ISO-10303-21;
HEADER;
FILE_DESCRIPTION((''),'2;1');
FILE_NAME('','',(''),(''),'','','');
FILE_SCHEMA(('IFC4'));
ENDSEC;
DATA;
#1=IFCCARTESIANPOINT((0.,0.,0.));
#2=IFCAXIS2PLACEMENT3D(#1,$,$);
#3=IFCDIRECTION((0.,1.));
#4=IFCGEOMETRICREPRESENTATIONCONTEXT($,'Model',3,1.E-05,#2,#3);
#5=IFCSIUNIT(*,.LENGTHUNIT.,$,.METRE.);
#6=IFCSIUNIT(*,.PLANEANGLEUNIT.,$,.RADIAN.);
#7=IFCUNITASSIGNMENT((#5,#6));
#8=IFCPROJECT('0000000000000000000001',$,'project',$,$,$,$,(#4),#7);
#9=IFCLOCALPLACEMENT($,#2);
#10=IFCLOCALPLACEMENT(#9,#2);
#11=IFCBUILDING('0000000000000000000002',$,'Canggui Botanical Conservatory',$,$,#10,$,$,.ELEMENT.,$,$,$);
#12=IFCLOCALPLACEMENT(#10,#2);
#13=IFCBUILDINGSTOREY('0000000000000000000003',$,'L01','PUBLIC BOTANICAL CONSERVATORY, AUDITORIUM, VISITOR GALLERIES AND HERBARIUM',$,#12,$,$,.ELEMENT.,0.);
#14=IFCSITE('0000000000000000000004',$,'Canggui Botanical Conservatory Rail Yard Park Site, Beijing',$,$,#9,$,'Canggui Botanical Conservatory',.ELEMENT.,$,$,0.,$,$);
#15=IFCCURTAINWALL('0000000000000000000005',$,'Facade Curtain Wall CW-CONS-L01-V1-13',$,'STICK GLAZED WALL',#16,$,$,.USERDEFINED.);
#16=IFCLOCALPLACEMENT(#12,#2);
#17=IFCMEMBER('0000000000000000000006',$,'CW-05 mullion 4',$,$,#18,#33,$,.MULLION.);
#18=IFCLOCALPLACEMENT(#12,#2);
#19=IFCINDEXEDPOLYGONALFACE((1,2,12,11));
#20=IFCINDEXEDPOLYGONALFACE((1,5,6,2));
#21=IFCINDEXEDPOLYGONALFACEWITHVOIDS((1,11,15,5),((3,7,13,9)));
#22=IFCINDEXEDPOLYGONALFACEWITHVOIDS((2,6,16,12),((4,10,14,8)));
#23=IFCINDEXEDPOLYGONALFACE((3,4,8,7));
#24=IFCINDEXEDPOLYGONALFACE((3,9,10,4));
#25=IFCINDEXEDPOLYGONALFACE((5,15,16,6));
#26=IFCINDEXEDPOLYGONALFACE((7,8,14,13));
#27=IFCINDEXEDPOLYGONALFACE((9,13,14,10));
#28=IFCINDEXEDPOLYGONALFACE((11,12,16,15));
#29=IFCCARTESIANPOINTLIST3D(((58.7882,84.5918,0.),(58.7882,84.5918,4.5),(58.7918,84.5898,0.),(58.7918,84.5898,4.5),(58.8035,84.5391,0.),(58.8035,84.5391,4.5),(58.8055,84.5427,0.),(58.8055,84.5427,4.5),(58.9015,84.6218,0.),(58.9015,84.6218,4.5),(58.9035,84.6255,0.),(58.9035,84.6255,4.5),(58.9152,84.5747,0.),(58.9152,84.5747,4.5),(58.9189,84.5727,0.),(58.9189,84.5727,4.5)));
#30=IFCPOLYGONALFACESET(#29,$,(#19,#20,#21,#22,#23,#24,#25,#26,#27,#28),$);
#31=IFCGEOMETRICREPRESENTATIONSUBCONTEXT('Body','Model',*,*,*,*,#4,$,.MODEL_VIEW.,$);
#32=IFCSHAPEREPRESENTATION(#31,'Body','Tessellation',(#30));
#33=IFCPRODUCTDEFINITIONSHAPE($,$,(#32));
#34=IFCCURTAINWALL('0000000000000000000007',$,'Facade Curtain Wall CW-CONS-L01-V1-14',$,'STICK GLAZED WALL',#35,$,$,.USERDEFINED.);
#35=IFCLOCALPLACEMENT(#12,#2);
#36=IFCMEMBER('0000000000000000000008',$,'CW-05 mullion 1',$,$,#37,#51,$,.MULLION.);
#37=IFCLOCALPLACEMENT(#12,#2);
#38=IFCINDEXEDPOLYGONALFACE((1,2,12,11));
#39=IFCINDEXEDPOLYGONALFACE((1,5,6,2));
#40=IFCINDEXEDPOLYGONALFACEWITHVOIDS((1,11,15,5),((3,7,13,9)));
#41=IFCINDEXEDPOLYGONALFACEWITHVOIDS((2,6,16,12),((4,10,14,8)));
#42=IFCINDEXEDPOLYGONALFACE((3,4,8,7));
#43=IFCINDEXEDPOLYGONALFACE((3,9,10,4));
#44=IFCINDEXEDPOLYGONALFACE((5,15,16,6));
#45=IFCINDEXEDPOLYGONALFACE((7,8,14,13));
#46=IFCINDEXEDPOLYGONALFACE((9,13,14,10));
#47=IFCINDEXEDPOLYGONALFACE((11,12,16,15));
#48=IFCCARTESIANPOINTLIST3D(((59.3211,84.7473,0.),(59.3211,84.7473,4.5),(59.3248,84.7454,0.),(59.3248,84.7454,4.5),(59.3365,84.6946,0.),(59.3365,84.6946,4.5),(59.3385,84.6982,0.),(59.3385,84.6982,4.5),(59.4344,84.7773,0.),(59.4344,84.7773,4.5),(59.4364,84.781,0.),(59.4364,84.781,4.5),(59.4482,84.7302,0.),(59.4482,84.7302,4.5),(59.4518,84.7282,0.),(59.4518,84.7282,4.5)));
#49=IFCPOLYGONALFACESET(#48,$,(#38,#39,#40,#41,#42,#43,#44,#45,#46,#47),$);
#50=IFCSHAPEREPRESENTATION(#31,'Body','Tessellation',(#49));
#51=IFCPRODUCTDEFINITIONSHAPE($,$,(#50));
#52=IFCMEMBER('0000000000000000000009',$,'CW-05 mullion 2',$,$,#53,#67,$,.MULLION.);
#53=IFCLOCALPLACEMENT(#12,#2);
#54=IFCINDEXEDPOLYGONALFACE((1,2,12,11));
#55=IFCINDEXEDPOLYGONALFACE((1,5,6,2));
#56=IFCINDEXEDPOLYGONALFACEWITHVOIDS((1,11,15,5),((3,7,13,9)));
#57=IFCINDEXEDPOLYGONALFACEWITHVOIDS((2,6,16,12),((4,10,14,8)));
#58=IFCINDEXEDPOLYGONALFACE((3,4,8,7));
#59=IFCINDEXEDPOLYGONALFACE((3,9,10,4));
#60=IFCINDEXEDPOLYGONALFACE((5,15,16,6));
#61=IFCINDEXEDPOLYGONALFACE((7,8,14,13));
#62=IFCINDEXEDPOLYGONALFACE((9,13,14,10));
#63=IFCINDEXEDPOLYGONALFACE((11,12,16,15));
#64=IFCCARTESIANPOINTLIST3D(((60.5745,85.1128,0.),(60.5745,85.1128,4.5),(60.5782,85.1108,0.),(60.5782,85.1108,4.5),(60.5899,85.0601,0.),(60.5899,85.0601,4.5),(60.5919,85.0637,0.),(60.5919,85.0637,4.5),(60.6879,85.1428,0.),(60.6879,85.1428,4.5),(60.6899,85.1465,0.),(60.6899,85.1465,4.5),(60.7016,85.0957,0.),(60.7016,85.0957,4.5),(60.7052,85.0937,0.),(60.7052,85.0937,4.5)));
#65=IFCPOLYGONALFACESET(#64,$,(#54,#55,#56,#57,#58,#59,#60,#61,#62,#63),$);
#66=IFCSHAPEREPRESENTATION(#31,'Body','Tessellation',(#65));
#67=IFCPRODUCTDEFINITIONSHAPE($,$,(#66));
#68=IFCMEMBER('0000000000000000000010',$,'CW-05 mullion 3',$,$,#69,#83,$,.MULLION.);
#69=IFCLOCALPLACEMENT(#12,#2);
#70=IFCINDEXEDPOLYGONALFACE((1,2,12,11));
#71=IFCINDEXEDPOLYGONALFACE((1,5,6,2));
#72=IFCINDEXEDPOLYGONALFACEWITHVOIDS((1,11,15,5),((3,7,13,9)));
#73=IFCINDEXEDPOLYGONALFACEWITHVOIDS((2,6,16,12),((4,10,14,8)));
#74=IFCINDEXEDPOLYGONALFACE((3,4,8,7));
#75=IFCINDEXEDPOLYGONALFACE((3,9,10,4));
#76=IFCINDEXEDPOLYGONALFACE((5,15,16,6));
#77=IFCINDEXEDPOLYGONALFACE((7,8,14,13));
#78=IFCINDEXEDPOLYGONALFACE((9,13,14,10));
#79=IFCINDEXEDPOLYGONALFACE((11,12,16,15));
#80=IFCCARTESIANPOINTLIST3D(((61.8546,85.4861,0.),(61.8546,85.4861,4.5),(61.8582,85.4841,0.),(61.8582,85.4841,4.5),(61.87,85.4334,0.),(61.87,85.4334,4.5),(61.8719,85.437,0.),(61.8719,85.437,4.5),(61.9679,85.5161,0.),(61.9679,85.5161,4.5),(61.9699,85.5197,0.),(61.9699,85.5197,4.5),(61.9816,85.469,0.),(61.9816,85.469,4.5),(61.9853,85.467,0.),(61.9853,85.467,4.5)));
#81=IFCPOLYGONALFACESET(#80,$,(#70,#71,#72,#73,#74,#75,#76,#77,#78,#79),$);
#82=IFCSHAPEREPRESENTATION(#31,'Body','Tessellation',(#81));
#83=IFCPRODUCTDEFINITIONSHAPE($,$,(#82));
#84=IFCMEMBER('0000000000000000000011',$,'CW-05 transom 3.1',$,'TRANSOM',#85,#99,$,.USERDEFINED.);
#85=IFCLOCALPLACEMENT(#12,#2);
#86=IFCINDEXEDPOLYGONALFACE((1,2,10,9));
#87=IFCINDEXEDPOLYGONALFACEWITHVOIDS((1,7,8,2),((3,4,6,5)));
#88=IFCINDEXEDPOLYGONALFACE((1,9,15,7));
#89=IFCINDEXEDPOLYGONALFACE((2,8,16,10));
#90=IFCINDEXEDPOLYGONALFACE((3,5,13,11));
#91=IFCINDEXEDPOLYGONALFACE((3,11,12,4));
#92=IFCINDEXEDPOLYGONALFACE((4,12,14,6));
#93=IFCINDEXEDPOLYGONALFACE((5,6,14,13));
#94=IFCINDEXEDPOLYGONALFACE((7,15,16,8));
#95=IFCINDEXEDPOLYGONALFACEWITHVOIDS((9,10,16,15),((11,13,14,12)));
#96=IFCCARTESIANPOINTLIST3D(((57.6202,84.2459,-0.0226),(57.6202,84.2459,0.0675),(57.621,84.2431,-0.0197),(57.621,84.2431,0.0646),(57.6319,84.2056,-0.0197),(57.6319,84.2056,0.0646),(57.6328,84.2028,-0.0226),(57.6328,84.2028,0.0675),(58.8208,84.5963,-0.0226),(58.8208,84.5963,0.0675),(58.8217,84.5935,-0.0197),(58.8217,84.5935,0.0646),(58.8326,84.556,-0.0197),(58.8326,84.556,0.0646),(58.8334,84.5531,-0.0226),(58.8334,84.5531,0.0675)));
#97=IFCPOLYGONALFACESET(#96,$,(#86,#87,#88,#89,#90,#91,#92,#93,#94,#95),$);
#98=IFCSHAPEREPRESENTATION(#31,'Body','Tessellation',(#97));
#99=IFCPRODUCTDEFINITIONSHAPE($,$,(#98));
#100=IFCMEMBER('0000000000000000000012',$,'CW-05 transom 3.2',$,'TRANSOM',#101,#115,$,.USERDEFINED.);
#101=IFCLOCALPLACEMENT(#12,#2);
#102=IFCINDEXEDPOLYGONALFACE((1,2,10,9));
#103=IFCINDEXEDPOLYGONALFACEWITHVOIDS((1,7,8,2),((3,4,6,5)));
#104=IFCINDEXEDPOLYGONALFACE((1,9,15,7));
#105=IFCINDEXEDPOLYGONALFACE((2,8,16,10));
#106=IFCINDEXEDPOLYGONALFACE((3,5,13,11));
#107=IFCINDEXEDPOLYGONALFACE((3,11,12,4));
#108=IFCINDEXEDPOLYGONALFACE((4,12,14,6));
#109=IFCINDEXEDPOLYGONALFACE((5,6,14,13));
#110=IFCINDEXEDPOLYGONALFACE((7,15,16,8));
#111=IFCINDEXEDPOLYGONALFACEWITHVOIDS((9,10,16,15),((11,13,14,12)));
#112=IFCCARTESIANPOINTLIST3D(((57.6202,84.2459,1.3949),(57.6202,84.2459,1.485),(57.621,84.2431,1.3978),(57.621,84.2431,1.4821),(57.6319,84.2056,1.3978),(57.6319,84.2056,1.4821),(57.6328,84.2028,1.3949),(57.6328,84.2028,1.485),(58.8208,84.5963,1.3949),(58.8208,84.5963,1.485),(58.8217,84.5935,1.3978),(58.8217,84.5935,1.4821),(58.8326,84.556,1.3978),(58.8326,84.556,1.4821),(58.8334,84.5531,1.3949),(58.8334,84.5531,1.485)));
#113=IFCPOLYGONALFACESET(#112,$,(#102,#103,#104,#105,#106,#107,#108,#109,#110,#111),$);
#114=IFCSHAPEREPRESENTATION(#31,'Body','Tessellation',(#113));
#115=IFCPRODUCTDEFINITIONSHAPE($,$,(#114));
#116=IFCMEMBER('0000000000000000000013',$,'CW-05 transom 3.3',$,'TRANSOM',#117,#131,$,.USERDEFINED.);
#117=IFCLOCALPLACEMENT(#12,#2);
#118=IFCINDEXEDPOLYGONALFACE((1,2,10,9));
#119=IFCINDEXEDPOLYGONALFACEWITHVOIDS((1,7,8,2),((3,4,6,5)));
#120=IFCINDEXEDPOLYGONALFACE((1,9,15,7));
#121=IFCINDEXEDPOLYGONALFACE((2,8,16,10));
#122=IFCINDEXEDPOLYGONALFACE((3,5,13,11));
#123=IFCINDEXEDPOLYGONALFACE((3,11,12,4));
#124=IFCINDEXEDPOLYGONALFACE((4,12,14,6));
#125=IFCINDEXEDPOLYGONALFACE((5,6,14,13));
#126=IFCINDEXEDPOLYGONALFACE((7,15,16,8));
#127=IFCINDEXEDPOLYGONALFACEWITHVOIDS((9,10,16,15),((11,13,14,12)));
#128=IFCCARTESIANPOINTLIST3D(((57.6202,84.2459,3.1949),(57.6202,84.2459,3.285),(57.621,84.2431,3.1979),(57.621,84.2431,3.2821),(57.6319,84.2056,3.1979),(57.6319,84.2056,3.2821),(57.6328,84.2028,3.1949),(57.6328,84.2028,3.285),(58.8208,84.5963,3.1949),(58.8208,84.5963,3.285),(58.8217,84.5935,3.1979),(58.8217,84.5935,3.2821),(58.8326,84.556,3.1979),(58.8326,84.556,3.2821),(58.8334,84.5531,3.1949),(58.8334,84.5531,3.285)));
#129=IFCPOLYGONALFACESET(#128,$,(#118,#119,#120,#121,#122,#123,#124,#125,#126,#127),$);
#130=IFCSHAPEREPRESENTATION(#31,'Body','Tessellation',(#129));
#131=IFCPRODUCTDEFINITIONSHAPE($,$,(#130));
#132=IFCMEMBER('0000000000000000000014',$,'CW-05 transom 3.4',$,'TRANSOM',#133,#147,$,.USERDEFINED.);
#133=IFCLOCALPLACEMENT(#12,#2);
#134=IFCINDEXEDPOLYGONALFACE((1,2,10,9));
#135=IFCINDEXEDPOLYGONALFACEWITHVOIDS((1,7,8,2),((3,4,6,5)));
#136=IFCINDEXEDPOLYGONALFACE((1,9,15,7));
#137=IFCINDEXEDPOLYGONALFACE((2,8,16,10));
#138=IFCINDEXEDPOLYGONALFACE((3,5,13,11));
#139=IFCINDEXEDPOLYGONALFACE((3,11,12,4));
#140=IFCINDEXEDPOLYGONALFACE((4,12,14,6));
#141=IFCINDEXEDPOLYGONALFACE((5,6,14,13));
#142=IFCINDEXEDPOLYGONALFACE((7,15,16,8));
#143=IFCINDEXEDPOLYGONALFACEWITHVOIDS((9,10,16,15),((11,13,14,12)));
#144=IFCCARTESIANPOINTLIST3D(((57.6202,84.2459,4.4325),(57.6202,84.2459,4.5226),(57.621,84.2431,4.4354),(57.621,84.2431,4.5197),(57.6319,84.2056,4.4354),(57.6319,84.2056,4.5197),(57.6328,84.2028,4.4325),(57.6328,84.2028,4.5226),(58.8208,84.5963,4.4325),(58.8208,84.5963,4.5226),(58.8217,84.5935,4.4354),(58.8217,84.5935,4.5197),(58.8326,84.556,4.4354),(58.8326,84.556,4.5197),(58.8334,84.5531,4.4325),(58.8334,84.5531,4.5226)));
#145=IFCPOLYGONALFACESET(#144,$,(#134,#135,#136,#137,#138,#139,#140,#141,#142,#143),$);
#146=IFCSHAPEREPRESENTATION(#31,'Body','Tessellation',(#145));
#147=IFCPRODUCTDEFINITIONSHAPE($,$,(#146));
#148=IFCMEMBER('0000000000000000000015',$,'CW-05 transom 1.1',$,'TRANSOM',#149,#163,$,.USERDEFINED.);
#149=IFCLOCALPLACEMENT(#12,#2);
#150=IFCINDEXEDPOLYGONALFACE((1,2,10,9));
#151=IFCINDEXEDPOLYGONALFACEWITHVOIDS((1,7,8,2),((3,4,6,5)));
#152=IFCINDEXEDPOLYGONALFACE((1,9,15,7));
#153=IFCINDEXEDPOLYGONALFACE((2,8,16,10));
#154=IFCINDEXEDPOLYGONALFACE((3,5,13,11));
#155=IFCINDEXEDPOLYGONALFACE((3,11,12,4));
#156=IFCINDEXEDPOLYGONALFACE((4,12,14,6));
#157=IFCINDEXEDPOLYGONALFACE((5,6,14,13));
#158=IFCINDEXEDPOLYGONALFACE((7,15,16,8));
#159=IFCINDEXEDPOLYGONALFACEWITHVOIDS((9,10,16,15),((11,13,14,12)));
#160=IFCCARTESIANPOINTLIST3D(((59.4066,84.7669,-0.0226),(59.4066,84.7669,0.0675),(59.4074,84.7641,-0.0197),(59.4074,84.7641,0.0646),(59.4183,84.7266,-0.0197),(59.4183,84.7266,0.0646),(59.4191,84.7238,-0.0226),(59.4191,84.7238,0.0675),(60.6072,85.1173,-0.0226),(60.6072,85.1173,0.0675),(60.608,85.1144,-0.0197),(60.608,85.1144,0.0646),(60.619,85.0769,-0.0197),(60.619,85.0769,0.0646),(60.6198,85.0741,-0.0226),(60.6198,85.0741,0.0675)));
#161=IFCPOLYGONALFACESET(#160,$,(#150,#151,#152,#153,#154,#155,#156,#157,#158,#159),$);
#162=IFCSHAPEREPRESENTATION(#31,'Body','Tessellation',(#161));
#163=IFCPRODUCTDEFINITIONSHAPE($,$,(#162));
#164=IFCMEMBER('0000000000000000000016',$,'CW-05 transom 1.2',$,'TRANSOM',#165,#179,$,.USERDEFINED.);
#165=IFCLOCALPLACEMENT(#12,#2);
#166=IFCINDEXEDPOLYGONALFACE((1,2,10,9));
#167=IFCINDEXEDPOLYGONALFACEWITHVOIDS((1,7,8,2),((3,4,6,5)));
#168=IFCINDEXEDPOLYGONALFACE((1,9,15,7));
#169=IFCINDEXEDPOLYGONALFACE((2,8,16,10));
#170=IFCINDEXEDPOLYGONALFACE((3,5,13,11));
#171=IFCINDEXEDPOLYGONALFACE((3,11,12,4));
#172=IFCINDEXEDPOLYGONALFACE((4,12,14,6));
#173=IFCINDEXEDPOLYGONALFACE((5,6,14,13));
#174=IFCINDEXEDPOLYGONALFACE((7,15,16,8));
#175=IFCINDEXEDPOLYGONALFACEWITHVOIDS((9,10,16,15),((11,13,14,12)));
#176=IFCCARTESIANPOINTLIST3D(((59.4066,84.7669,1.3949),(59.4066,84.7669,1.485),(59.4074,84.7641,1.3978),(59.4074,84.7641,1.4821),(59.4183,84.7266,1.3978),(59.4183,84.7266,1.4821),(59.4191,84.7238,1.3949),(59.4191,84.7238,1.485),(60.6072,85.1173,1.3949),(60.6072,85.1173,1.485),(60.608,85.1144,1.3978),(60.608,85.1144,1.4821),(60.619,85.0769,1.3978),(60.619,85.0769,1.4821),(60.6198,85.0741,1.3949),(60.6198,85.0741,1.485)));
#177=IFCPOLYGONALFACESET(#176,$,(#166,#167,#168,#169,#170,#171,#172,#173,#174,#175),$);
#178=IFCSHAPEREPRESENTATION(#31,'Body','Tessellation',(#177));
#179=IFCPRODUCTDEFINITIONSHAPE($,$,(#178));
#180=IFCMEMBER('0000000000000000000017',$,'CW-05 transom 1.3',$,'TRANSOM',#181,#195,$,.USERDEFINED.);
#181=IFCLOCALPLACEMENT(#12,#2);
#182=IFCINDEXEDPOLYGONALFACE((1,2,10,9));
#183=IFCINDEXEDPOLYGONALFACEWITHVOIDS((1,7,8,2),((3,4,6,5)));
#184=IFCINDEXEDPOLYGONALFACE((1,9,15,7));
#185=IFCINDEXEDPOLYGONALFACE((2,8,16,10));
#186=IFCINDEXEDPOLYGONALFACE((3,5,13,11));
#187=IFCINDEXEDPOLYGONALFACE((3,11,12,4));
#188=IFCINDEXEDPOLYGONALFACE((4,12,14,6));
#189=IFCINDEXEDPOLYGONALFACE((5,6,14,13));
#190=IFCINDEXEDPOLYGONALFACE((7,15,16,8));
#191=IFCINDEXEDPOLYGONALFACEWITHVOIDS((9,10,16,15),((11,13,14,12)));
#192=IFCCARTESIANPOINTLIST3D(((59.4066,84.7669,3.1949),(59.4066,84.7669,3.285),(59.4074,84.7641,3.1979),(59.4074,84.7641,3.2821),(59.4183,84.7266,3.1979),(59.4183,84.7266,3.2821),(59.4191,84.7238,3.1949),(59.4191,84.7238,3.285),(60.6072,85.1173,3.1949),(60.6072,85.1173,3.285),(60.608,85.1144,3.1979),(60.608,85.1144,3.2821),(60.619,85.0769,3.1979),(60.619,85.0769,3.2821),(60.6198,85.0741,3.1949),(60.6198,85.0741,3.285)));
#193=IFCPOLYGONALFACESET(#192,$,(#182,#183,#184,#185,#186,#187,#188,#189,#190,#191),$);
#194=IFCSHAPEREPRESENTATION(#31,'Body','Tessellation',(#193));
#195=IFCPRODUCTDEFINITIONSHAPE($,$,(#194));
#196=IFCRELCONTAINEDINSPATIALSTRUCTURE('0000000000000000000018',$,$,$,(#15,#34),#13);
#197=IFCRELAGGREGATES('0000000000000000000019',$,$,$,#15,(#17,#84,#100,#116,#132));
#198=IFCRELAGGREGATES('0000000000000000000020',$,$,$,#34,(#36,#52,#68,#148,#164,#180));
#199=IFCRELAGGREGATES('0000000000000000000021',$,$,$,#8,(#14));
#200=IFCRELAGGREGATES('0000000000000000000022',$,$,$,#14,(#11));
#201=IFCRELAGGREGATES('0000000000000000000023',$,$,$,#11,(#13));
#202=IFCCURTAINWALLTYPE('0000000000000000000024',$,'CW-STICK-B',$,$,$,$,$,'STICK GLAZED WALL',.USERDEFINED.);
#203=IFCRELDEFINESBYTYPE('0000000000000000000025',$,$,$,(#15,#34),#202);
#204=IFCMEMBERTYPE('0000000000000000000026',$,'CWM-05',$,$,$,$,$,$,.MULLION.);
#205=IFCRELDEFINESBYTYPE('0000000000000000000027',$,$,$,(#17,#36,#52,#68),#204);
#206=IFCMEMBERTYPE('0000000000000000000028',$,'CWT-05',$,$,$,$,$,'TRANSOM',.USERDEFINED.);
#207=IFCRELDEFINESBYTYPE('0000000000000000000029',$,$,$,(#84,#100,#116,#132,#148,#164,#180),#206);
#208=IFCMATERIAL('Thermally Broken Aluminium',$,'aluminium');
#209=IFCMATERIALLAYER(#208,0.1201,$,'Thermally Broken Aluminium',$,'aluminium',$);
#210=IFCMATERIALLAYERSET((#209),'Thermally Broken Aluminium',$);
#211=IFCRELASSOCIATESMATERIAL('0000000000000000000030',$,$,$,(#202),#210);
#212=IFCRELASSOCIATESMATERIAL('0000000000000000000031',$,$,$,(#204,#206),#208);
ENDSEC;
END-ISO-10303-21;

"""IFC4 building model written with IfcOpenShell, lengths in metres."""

from ifc_helpers import new_model, si_unit, direction, frame, origin, origin_2d, place, context, subcontext, project, spatial, hollow_rectangle, extrude, material, layer, layer_set, material_profile, profile_set, type_object, element, aggregate, save


model = new_model("IFC4")

# Units and contexts
model_context = context("Model", 3, precision=1e-05, world=origin(), true_north=direction((0.0, 1.0)))
body_context = subcontext(model_context, "Body", "Model", "MODEL_VIEW")
ifc_project = project(units=[si_unit("LENGTHUNIT", "METRE"), si_unit("PLANEANGLEUNIT", "RADIAN")], contexts=[model_context])

# Site, building, storey
site_placement = place(None, origin())
site = spatial("IfcSite", under=ifc_project, at=site_placement, Name="Canggui Botanical Conservatory Rail Yard Park Site, Beijing", LongName="Canggui Botanical Conservatory", CompositionType="ELEMENT", RefElevation=0.0)
building_placement = place(site_placement, origin())
building = spatial("IfcBuilding", under=site, at=building_placement, Name="Canggui Botanical Conservatory", CompositionType="ELEMENT")
storey_placement = place(building_placement, origin())
storey = spatial("IfcBuildingStorey", under=building, at=storey_placement, Name="L01", Description="PUBLIC BOTANICAL CONSERVATORY, AUDITORIUM, VISITOR GALLERIES AND HERBARIUM", CompositionType="ELEMENT", Elevation=0.0)

# Curtain wall, member
ifc_material_1 = material(Name="Thermally Broken Aluminium", Category="aluminium")
ifc_layer_1 = layer(ifc_material_1, 0.1201, Name="Thermally Broken Aluminium", Category="aluminium")
ifc_layer_set_1 = layer_set([ifc_layer_1], Name="Thermally Broken Aluminium")
curtain_wall_type = type_object("IfcCurtainWallType", Name="CW-STICK-B", ElementType="STICK GLAZED WALL", PredefinedType="USERDEFINED", material=ifc_layer_set_1)
curtain_wall_1_placement = place(storey_placement, origin())
curtain_wall_1 = element("IfcCurtainWall", 1, at=curtain_wall_1_placement, inside=storey, type_object=curtain_wall_type, Name="Facade Curtain Wall CW-CONS-L01-V1-13", ObjectType="STICK GLAZED WALL", PredefinedType="USERDEFINED")
ifc_material_profile_1 = material_profile(ifc_material_1, hollow_rectangle(XDim=0.0549, YDim=0.1201, WallThickness=0.0029, at=origin_2d()), Name="CWM 55x120x3")
ifc_profile_set_1 = profile_set([ifc_material_profile_1], Name="Thermally Broken Aluminium")
member_type_1 = type_object("IfcMemberType", Name="CWM-05", PredefinedType="MULLION", material=ifc_profile_set_1)
member_1_placement = place(storey_placement, frame((58.8535, 84.5823, 0.0), z_axis=(0.0, 0.0, 1.0), x_axis=(-0.28, 0.96, 0.0)))
member_1 = element("IfcMember", 2, at=member_1_placement, type_object=member_type_1, Name="CW-05 mullion 4", PredefinedType="MULLION", context=body_context, shape_type="SweptSolid", body=[
    extrude(hollow_rectangle(XDim=0.0549, YDim=0.1201, WallThickness=0.0029, at=origin_2d()), origin(), (0.0, 0.0, 1.0), 4.5),
])

# Curtain wall, members
curtain_wall_2_placement = place(storey_placement, origin())
curtain_wall_2 = element("IfcCurtainWall", 3, at=curtain_wall_2_placement, inside=storey, type_object=curtain_wall_type, Name="Facade Curtain Wall CW-CONS-L01-V1-14", ObjectType="STICK GLAZED WALL", PredefinedType="USERDEFINED")
member_2_placement = place(storey_placement, frame((59.3865, 84.7378, 0.0), z_axis=(0.0, 0.0, 1.0), x_axis=(-0.28, 0.96, 0.0)))
member_2 = element("IfcMember", 4, at=member_2_placement, type_object=member_type_1, Name="CW-05 mullion 1", PredefinedType="MULLION", context=body_context, shape_type="SweptSolid", body=[
    extrude(hollow_rectangle(XDim=0.0549, YDim=0.1201, WallThickness=0.0029, at=origin_2d()), origin(), (0.0, 0.0, 1.0), 4.5),
])
member_3_placement = place(storey_placement, frame((60.6399, 85.1033, 0.0), z_axis=(0.0, 0.0, 1.0), x_axis=(-0.28, 0.96, 0.0)))
member_3 = element("IfcMember", 5, at=member_3_placement, type_object=member_type_1, Name="CW-05 mullion 2", PredefinedType="MULLION", context=body_context, shape_type="SweptSolid", body=[
    extrude(hollow_rectangle(XDim=0.0549, YDim=0.1201, WallThickness=0.0029, at=origin_2d()), origin(), (0.0, 0.0, 1.0), 4.5),
])
member_4_placement = place(storey_placement, frame((61.9199, 85.4766, 0.0), z_axis=(0.0, 0.0, 1.0), x_axis=(-0.28, 0.96, 0.0)))
member_4 = element("IfcMember", 6, at=member_4_placement, type_object=member_type_1, Name="CW-05 mullion 3", PredefinedType="MULLION", context=body_context, shape_type="SweptSolid", body=[
    extrude(hollow_rectangle(XDim=0.0549, YDim=0.1201, WallThickness=0.0029, at=origin_2d()), origin(), (0.0, 0.0, 1.0), 4.5),
])

# Members
ifc_material_profile_2 = material_profile(ifc_material_1, hollow_rectangle(XDim=0.0449, YDim=0.0901, WallThickness=0.0029, at=origin_2d()), Name="CWT 45x90x3")
ifc_profile_set_2 = profile_set([ifc_material_profile_2], Name="Thermally Broken Aluminium")
member_type_2 = type_object("IfcMemberType", Name="CWT-05", ElementType="TRANSOM", PredefinedType="USERDEFINED", material=ifc_profile_set_2)
member_5_placement = place(storey_placement, frame((57.6265, 84.2244, 0.0225), z_axis=(0.959969, 0.280105, 0.0), x_axis=(-0.280105, 0.959969, 0.0)))
member_5 = element("IfcMember", 7, at=member_5_placement, type_object=member_type_2, Name="CW-05 transom 3.1", ObjectType="TRANSOM", PredefinedType="USERDEFINED", context=body_context, shape_type="SweptSolid", body=[
    extrude(hollow_rectangle(XDim=0.0449, YDim=0.0901, WallThickness=0.0029, at=origin_2d()), origin(), (0.0, 0.0, 1.0), 1.2507),
])
member_6_placement = place(storey_placement, frame((57.6265, 84.2244, 1.4399), z_axis=(0.959969, 0.280105, 0.0), x_axis=(-0.280105, 0.959969, 0.0)))
member_6 = element("IfcMember", 8, at=member_6_placement, type_object=member_type_2, Name="CW-05 transom 3.2", ObjectType="TRANSOM", PredefinedType="USERDEFINED", context=body_context, shape_type="SweptSolid", body=[
    extrude(hollow_rectangle(XDim=0.0449, YDim=0.0901, WallThickness=0.0029, at=origin_2d()), origin(), (0.0, 0.0, 1.0), 1.2507),
])
member_7_placement = place(storey_placement, frame((57.6265, 84.2244, 3.24), z_axis=(0.959969, 0.280105, 0.0), x_axis=(-0.280105, 0.959969, 0.0)))
member_7 = element("IfcMember", 9, at=member_7_placement, type_object=member_type_2, Name="CW-05 transom 3.3", ObjectType="TRANSOM", PredefinedType="USERDEFINED", context=body_context, shape_type="SweptSolid", body=[
    extrude(hollow_rectangle(XDim=0.0449, YDim=0.0901, WallThickness=0.0029, at=origin_2d()), origin(), (0.0, 0.0, 1.0), 1.2507),
])
member_8_placement = place(storey_placement, frame((57.6265, 84.2244, 4.4775), z_axis=(0.959969, 0.280105, 0.0), x_axis=(-0.280105, 0.959969, 0.0)))
member_8 = element("IfcMember", 10, at=member_8_placement, type_object=member_type_2, Name="CW-05 transom 3.4", ObjectType="TRANSOM", PredefinedType="USERDEFINED", context=body_context, shape_type="SweptSolid", body=[
    extrude(hollow_rectangle(XDim=0.0449, YDim=0.0901, WallThickness=0.0029, at=origin_2d()), origin(), (0.0, 0.0, 1.0), 1.2507),
])
member_9_placement = place(storey_placement, frame((59.4128, 84.7454, 0.0225), z_axis=(0.959969, 0.280105, 0.0), x_axis=(-0.280105, 0.959969, 0.0)))
member_9 = element("IfcMember", 11, at=member_9_placement, type_object=member_type_2, Name="CW-05 transom 1.1", ObjectType="TRANSOM", PredefinedType="USERDEFINED", context=body_context, shape_type="SweptSolid", body=[
    extrude(hollow_rectangle(XDim=0.0449, YDim=0.0901, WallThickness=0.0029, at=origin_2d()), origin(), (0.0, 0.0, 1.0), 1.2507),
])
member_10_placement = place(storey_placement, frame((59.4128, 84.7454, 1.4399), z_axis=(0.959969, 0.280105, 0.0), x_axis=(-0.280105, 0.959969, 0.0)))
member_10 = element("IfcMember", 12, at=member_10_placement, type_object=member_type_2, Name="CW-05 transom 1.2", ObjectType="TRANSOM", PredefinedType="USERDEFINED", context=body_context, shape_type="SweptSolid", body=[
    extrude(hollow_rectangle(XDim=0.0449, YDim=0.0901, WallThickness=0.0029, at=origin_2d()), origin(), (0.0, 0.0, 1.0), 1.2507),
])
member_11_placement = place(storey_placement, frame((59.4128, 84.7454, 3.24), z_axis=(0.959969, 0.280105, 0.0), x_axis=(-0.280105, 0.959969, 0.0)))
member_11 = element("IfcMember", 13, at=member_11_placement, type_object=member_type_2, Name="CW-05 transom 1.3", ObjectType="TRANSOM", PredefinedType="USERDEFINED", context=body_context, shape_type="SweptSolid", body=[
    extrude(hollow_rectangle(XDim=0.0449, YDim=0.0901, WallThickness=0.0029, at=origin_2d()), origin(), (0.0, 0.0, 1.0), 1.2507),
])

aggregate(curtain_wall_1, [member_1, member_5, member_6, member_7, member_8])
aggregate(curtain_wall_2, [member_2, member_3, member_4, member_9, member_10, member_11])

save(model, "model.ifc")
